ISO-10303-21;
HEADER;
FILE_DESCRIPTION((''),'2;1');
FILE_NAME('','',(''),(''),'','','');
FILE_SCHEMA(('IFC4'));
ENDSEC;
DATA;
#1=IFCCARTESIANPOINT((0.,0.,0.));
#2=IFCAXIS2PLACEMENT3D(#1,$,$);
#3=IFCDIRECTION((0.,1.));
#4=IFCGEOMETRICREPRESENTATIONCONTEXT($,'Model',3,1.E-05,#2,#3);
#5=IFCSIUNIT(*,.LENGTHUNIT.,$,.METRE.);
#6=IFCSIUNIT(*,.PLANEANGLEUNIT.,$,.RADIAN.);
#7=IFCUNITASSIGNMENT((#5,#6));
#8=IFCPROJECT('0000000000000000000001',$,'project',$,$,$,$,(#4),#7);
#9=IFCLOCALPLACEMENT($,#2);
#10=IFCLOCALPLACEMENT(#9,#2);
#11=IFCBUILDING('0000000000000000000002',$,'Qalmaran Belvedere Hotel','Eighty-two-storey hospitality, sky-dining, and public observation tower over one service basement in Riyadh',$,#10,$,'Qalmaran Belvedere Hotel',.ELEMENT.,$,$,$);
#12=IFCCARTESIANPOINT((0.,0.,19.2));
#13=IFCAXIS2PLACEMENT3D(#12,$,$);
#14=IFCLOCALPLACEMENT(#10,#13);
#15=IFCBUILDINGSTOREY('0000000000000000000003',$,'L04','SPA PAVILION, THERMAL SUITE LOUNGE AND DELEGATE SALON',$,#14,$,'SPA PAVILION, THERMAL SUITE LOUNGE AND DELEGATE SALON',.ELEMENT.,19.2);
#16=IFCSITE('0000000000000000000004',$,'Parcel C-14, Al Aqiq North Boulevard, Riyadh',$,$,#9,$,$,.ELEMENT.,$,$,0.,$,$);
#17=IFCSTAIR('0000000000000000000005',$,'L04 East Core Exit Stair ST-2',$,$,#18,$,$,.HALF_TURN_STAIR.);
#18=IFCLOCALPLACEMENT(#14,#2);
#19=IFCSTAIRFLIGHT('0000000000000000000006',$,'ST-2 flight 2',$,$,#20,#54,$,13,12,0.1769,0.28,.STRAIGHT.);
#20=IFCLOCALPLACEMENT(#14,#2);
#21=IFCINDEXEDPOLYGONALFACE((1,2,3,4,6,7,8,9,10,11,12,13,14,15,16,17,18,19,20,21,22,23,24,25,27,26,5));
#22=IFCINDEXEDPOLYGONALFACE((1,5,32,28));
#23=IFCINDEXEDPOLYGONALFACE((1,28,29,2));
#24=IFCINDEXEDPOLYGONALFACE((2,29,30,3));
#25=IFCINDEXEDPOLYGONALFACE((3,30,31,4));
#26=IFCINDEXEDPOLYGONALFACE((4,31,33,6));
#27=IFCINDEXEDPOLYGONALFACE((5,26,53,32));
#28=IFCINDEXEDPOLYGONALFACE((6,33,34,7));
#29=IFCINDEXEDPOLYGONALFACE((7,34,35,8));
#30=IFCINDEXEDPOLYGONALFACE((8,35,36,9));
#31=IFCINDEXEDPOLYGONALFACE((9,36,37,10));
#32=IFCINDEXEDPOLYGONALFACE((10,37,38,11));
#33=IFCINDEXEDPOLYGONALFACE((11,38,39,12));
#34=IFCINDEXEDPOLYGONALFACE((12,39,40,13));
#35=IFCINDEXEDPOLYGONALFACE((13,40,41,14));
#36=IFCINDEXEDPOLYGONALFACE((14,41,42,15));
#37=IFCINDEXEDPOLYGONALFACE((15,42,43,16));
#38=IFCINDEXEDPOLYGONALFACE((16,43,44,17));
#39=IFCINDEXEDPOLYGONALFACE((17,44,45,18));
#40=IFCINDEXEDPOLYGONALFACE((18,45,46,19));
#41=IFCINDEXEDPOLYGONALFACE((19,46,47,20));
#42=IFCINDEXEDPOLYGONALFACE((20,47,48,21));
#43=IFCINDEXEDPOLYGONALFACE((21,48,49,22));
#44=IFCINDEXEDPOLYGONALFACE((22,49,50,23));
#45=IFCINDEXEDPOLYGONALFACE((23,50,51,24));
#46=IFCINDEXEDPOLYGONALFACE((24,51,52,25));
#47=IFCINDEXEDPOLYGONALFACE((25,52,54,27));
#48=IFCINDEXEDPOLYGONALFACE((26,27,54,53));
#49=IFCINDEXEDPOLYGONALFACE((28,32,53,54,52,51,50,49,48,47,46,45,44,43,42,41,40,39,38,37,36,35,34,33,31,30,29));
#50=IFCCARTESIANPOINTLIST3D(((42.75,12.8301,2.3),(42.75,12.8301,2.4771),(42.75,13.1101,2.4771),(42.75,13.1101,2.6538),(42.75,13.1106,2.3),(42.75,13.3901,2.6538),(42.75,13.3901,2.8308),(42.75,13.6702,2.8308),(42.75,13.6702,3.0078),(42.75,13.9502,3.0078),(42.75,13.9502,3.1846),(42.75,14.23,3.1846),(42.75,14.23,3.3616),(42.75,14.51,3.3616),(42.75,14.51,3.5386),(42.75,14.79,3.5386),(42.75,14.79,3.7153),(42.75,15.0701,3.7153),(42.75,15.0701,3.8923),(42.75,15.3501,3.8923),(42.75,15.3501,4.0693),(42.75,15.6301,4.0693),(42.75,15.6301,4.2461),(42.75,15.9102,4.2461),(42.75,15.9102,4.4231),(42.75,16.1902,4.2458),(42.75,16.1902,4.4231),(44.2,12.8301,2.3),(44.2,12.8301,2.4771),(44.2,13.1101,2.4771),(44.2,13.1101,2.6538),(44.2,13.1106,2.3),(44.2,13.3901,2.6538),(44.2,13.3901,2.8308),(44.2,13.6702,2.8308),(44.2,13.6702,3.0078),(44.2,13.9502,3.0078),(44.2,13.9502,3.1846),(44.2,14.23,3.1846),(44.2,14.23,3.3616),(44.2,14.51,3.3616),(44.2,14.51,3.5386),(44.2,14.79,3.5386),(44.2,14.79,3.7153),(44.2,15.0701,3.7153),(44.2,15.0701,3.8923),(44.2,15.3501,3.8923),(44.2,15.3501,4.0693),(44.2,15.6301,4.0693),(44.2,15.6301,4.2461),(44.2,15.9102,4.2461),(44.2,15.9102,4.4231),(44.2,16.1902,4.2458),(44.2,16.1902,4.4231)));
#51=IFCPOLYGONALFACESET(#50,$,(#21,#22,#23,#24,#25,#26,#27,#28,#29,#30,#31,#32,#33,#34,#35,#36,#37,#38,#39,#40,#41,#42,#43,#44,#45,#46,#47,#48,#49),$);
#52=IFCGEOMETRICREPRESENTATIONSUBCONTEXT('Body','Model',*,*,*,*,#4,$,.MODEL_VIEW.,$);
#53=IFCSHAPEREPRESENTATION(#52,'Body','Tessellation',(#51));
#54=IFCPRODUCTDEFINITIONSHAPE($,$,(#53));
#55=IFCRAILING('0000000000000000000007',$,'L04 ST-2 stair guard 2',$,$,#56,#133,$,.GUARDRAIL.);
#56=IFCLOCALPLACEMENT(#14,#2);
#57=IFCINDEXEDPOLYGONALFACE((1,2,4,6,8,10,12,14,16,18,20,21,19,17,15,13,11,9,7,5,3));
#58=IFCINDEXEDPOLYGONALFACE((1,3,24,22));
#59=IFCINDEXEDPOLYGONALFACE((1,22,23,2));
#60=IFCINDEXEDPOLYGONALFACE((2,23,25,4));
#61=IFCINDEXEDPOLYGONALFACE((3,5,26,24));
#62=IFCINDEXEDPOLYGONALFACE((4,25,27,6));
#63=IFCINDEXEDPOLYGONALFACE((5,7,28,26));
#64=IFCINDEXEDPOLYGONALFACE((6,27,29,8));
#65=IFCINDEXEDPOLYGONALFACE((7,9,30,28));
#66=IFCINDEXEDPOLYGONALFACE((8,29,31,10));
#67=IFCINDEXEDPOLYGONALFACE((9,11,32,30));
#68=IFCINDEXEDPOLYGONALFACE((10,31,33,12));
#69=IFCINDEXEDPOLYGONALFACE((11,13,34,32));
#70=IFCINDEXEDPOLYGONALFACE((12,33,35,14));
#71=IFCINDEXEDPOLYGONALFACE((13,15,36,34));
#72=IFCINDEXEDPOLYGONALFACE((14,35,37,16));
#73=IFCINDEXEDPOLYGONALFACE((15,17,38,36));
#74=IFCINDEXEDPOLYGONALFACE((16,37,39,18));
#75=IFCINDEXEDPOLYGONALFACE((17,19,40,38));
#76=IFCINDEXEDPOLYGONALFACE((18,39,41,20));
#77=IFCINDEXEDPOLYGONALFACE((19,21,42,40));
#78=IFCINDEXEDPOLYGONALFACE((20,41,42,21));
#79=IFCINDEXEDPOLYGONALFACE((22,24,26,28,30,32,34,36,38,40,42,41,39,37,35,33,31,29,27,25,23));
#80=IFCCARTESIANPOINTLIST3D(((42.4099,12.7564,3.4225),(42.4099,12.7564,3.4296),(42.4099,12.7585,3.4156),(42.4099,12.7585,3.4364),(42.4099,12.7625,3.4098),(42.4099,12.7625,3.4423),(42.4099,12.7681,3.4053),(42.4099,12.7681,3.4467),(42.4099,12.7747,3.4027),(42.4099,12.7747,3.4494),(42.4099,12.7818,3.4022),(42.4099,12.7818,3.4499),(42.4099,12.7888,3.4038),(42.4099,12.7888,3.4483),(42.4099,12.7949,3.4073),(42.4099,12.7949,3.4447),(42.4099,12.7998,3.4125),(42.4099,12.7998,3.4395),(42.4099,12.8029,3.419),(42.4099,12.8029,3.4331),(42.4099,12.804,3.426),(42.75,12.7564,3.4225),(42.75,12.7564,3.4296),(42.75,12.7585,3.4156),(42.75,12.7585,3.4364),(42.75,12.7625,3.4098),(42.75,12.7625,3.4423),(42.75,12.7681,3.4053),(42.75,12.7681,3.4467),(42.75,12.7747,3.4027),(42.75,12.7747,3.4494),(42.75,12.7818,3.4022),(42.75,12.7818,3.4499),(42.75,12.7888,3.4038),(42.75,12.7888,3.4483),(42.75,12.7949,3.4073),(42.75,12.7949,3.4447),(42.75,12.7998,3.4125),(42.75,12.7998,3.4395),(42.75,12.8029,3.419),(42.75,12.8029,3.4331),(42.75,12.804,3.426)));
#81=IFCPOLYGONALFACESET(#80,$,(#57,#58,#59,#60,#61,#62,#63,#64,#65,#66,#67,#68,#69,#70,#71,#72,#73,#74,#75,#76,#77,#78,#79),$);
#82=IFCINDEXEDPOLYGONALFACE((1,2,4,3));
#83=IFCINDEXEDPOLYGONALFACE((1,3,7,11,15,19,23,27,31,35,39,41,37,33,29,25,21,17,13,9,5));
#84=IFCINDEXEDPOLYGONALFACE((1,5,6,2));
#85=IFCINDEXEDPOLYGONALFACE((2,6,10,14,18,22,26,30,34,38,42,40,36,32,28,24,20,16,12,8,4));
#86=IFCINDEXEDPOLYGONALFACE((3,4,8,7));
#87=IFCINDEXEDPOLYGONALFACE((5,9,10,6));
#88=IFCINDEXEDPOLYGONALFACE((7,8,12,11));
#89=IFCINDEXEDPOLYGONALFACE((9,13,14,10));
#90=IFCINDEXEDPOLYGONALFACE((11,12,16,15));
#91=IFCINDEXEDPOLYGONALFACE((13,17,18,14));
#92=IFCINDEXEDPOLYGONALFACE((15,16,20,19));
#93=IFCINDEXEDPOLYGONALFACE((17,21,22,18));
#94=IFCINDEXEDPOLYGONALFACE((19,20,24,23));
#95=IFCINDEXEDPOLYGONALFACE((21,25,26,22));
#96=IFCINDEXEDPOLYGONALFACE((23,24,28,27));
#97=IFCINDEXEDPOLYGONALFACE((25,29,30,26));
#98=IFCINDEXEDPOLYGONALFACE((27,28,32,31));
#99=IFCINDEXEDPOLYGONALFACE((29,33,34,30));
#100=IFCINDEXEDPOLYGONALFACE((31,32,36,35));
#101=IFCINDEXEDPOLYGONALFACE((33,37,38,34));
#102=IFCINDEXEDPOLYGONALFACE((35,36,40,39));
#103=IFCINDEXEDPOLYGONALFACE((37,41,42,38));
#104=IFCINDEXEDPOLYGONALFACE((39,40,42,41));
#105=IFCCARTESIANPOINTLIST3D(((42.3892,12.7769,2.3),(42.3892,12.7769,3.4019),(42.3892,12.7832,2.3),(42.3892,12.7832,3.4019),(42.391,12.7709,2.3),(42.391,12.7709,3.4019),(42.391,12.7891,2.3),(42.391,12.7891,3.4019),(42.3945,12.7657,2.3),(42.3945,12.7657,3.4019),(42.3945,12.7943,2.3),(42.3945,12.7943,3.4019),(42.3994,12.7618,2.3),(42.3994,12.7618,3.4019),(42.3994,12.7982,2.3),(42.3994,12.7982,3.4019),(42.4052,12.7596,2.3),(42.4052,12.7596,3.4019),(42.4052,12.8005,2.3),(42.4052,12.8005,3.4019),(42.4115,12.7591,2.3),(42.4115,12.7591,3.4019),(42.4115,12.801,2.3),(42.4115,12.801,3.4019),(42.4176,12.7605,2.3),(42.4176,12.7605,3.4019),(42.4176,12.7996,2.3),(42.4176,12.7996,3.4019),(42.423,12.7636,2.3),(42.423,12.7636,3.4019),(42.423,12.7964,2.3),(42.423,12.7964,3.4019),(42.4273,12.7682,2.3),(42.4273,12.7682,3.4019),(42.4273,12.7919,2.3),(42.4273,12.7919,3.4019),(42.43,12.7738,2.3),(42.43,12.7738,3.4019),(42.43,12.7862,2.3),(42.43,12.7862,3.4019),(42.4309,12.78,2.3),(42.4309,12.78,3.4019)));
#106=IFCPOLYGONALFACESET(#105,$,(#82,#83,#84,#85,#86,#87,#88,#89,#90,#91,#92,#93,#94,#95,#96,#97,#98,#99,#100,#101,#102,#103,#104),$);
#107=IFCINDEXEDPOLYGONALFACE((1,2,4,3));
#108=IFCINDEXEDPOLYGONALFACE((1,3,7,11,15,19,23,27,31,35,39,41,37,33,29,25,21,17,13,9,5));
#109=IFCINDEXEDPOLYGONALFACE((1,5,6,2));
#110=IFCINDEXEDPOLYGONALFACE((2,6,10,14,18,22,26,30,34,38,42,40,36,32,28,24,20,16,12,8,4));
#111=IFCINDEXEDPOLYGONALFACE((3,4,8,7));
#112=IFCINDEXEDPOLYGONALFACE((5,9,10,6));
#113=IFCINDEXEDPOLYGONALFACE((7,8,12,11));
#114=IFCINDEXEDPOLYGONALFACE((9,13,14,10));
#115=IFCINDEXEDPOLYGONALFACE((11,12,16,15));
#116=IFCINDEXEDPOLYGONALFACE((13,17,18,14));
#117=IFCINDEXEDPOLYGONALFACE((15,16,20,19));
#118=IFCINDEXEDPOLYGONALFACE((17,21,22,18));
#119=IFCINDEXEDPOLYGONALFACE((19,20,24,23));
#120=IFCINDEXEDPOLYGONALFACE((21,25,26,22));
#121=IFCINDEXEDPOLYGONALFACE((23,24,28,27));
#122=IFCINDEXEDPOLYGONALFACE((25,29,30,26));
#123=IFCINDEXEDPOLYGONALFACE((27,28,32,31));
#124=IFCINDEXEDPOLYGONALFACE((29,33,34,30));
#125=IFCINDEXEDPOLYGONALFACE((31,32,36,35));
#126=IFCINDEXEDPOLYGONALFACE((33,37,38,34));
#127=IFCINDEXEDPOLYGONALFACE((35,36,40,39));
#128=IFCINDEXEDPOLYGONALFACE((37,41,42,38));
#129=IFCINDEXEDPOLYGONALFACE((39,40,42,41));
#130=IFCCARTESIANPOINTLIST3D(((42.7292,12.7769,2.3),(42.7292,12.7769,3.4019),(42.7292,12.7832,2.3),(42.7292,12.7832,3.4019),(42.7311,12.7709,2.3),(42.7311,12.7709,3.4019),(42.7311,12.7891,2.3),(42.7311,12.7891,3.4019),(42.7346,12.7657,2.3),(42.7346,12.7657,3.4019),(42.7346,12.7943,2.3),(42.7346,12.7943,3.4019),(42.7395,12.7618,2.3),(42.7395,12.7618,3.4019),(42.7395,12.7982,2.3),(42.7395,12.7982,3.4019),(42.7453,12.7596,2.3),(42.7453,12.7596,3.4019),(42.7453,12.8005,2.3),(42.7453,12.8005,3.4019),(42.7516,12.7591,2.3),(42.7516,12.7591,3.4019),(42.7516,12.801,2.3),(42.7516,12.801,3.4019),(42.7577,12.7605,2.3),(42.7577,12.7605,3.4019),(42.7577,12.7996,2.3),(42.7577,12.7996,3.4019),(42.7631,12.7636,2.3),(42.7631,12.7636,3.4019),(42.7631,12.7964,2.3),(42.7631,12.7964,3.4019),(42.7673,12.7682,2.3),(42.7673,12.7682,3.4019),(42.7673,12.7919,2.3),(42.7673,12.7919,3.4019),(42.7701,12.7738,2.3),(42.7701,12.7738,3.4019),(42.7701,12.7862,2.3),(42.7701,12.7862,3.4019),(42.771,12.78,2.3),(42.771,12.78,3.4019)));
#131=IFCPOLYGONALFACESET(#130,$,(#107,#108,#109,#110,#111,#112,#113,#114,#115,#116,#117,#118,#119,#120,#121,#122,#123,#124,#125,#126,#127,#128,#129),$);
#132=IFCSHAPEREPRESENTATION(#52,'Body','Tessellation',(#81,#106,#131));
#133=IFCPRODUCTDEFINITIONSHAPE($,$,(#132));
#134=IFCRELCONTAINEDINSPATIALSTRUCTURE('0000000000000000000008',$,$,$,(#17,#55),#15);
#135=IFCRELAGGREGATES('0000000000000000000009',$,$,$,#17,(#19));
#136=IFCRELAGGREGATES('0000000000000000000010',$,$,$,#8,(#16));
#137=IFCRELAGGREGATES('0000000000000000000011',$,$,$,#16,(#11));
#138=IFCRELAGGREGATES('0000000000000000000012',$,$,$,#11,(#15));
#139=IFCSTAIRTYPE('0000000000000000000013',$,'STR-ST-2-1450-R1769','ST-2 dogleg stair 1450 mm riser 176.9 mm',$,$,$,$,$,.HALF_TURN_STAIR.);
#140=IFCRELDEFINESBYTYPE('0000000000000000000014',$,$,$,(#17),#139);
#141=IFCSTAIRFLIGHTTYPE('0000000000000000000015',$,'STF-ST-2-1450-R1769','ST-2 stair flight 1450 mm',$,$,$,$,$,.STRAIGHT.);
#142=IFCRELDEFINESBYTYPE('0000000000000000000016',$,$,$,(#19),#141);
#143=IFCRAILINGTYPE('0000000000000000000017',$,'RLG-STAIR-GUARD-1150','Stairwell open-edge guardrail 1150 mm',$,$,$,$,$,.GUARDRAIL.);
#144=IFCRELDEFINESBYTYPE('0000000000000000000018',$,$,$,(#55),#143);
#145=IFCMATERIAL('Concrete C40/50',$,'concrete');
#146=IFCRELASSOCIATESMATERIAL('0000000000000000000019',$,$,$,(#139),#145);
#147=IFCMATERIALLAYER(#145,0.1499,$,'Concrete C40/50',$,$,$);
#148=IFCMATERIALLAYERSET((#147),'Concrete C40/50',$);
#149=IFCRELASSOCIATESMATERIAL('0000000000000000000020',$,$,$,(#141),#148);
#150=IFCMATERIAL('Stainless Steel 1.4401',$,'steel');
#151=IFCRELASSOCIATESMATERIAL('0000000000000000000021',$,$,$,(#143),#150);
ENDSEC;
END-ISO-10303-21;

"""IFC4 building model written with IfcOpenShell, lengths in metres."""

from ifc_helpers import new_model, si_unit, direction, frame, origin, origin_2d, place, context, subcontext, project, spatial, polyline, circle, outline, extrude, material, layer, layer_set, type_object, element, aggregate, save


model = new_model("IFC4")

# Units and contexts
model_context = context("Model", 3, precision=1e-05, world=origin(), true_north=direction((0.0, 1.0)))
body_context = subcontext(model_context, "Body", "Model", "MODEL_VIEW")
ifc_project = project(units=[si_unit("LENGTHUNIT", "METRE"), si_unit("PLANEANGLEUNIT", "RADIAN")], contexts=[model_context])

# Site, building, storey
site_placement = place(None, origin())
site = spatial("IfcSite", under=ifc_project, at=site_placement, Name="Parcel C-14, Al Aqiq North Boulevard, Riyadh", CompositionType="ELEMENT", RefElevation=0.0)
building_placement = place(site_placement, origin())
building = spatial("IfcBuilding", under=site, at=building_placement, Name="Qalmaran Belvedere Hotel", Description="Eighty-two-storey hospitality, sky-dining, and public observation tower over one service basement in Riyadh", LongName="Qalmaran Belvedere Hotel", CompositionType="ELEMENT")
storey_placement = place(building_placement, frame((0.0, 0.0, 19.2)))
storey = spatial("IfcBuildingStorey", under=building, at=storey_placement, Name="L04", Description="SPA PAVILION, THERMAL SUITE LOUNGE AND DELEGATE SALON", LongName="SPA PAVILION, THERMAL SUITE LOUNGE AND DELEGATE SALON", CompositionType="ELEMENT", Elevation=19.2)

# Stair, stair flight
ifc_material_1 = material(Name="Concrete C40/50", Category="concrete")
stair_type = type_object("IfcStairType", Name="STR-ST-2-1450-R1769", Description="ST-2 dogleg stair 1450 mm riser 176.9 mm", PredefinedType="HALF_TURN_STAIR", material=ifc_material_1)
stair_placement = place(storey_placement, origin())
stair = element("IfcStair", 1, at=stair_placement, inside=storey, type_object=stair_type, Name="L04 East Core Exit Stair ST-2", PredefinedType="HALF_TURN_STAIR")
ifc_layer_1 = layer(ifc_material_1, 0.1499, Name="Concrete C40/50")
ifc_layer_set_1 = layer_set([ifc_layer_1], Name="Concrete C40/50")
stair_flight_type = type_object("IfcStairFlightType", Name="STF-ST-2-1450-R1769", Description="ST-2 stair flight 1450 mm", PredefinedType="STRAIGHT", material=ifc_layer_set_1)
stair_flight_placement = place(storey_placement, frame((43.4751, 12.8301, 2.3), z_axis=(0.0, 0.0, 1.0), x_axis=(0.0, 1.0, 0.0)))
stair_flight = element("IfcStairFlight", 2, at=stair_flight_placement, type_object=stair_flight_type, Name="ST-2 flight 2", NumberOfRisers=13, NumberOfTreads=12, PredefinedType="STRAIGHT", RiserHeight=0.1769, TreadLength=0.28, context=body_context, shape_type="SweptSolid", body=[
    extrude(outline(polyline([(0.0, 0.0), (0.0, 0.177), (0.28, 0.177), (0.28, 0.3538), (0.5601, 0.3538), (0.5601, 0.5308), (0.8401, 0.5308), (0.8401, 0.7078), (1.1201, 0.7078), (1.1201, 0.8845), (1.3999, 0.8845), (1.3999, 1.0615), (1.6799, 1.0615), (1.6799, 1.2385), (1.96, 1.2385), (1.96, 1.4153), (2.24, 1.4153), (2.24, 1.5923), (2.52, 1.5923), (2.52, 1.7693), (2.8, 1.7693), (2.8, 1.946), (3.0801, 1.946), (3.0801, 2.123), (3.3601, 2.123), (3.3601, 2.3), (3.3601, 1.9458), (0.2805, 0.0), (0.0, 0.0)])), frame((0.0, 0.7251, 0.0), z_axis=(0.0, -1.0, 0.0), x_axis=(1.0, 0.0, 0.0)), (0.0, 0.0, 1.0), 1.45),
])
aggregate(stair, [stair_flight])

# Railing
ifc_material_2 = material(Name="Stainless Steel 1.4401", Category="steel")
railing_type_1 = type_object("IfcRailingType", Name="RLG-STAIR-GUARD-1150", Description="Stairwell open-edge guardrail 1150 mm", PredefinedType="GUARDRAIL", material=ifc_material_2)
railing_1_placement = place(storey_placement, frame((42.4099, 12.78, 2.3)))
element("IfcRailing", 3, at=railing_1_placement, inside=storey, type_object=railing_type_1, Name="L04 ST-2 stair guard 2", PredefinedType="GUARDRAIL", context=body_context, shape_type="SweptSolid", body=[
    extrude(circle(Radius=0.0239, at=origin_2d()), frame((0.0, 0.0, 1.126), z_axis=(1.0, 0.0, 0.0), x_axis=(0.0, 1.0, 0.0)), (0.0, 0.0, 1.0), 0.3401),
    extrude(circle(Radius=0.021, at=origin_2d()), origin(), (0.0, 0.0, 1.0), 1.1018),
    extrude(circle(Radius=0.021, at=origin_2d()), frame((0.3401, 0.0, 0.0)), (0.0, 0.0, 1.0), 1.1018),
])

save(model, "model.ifc")
